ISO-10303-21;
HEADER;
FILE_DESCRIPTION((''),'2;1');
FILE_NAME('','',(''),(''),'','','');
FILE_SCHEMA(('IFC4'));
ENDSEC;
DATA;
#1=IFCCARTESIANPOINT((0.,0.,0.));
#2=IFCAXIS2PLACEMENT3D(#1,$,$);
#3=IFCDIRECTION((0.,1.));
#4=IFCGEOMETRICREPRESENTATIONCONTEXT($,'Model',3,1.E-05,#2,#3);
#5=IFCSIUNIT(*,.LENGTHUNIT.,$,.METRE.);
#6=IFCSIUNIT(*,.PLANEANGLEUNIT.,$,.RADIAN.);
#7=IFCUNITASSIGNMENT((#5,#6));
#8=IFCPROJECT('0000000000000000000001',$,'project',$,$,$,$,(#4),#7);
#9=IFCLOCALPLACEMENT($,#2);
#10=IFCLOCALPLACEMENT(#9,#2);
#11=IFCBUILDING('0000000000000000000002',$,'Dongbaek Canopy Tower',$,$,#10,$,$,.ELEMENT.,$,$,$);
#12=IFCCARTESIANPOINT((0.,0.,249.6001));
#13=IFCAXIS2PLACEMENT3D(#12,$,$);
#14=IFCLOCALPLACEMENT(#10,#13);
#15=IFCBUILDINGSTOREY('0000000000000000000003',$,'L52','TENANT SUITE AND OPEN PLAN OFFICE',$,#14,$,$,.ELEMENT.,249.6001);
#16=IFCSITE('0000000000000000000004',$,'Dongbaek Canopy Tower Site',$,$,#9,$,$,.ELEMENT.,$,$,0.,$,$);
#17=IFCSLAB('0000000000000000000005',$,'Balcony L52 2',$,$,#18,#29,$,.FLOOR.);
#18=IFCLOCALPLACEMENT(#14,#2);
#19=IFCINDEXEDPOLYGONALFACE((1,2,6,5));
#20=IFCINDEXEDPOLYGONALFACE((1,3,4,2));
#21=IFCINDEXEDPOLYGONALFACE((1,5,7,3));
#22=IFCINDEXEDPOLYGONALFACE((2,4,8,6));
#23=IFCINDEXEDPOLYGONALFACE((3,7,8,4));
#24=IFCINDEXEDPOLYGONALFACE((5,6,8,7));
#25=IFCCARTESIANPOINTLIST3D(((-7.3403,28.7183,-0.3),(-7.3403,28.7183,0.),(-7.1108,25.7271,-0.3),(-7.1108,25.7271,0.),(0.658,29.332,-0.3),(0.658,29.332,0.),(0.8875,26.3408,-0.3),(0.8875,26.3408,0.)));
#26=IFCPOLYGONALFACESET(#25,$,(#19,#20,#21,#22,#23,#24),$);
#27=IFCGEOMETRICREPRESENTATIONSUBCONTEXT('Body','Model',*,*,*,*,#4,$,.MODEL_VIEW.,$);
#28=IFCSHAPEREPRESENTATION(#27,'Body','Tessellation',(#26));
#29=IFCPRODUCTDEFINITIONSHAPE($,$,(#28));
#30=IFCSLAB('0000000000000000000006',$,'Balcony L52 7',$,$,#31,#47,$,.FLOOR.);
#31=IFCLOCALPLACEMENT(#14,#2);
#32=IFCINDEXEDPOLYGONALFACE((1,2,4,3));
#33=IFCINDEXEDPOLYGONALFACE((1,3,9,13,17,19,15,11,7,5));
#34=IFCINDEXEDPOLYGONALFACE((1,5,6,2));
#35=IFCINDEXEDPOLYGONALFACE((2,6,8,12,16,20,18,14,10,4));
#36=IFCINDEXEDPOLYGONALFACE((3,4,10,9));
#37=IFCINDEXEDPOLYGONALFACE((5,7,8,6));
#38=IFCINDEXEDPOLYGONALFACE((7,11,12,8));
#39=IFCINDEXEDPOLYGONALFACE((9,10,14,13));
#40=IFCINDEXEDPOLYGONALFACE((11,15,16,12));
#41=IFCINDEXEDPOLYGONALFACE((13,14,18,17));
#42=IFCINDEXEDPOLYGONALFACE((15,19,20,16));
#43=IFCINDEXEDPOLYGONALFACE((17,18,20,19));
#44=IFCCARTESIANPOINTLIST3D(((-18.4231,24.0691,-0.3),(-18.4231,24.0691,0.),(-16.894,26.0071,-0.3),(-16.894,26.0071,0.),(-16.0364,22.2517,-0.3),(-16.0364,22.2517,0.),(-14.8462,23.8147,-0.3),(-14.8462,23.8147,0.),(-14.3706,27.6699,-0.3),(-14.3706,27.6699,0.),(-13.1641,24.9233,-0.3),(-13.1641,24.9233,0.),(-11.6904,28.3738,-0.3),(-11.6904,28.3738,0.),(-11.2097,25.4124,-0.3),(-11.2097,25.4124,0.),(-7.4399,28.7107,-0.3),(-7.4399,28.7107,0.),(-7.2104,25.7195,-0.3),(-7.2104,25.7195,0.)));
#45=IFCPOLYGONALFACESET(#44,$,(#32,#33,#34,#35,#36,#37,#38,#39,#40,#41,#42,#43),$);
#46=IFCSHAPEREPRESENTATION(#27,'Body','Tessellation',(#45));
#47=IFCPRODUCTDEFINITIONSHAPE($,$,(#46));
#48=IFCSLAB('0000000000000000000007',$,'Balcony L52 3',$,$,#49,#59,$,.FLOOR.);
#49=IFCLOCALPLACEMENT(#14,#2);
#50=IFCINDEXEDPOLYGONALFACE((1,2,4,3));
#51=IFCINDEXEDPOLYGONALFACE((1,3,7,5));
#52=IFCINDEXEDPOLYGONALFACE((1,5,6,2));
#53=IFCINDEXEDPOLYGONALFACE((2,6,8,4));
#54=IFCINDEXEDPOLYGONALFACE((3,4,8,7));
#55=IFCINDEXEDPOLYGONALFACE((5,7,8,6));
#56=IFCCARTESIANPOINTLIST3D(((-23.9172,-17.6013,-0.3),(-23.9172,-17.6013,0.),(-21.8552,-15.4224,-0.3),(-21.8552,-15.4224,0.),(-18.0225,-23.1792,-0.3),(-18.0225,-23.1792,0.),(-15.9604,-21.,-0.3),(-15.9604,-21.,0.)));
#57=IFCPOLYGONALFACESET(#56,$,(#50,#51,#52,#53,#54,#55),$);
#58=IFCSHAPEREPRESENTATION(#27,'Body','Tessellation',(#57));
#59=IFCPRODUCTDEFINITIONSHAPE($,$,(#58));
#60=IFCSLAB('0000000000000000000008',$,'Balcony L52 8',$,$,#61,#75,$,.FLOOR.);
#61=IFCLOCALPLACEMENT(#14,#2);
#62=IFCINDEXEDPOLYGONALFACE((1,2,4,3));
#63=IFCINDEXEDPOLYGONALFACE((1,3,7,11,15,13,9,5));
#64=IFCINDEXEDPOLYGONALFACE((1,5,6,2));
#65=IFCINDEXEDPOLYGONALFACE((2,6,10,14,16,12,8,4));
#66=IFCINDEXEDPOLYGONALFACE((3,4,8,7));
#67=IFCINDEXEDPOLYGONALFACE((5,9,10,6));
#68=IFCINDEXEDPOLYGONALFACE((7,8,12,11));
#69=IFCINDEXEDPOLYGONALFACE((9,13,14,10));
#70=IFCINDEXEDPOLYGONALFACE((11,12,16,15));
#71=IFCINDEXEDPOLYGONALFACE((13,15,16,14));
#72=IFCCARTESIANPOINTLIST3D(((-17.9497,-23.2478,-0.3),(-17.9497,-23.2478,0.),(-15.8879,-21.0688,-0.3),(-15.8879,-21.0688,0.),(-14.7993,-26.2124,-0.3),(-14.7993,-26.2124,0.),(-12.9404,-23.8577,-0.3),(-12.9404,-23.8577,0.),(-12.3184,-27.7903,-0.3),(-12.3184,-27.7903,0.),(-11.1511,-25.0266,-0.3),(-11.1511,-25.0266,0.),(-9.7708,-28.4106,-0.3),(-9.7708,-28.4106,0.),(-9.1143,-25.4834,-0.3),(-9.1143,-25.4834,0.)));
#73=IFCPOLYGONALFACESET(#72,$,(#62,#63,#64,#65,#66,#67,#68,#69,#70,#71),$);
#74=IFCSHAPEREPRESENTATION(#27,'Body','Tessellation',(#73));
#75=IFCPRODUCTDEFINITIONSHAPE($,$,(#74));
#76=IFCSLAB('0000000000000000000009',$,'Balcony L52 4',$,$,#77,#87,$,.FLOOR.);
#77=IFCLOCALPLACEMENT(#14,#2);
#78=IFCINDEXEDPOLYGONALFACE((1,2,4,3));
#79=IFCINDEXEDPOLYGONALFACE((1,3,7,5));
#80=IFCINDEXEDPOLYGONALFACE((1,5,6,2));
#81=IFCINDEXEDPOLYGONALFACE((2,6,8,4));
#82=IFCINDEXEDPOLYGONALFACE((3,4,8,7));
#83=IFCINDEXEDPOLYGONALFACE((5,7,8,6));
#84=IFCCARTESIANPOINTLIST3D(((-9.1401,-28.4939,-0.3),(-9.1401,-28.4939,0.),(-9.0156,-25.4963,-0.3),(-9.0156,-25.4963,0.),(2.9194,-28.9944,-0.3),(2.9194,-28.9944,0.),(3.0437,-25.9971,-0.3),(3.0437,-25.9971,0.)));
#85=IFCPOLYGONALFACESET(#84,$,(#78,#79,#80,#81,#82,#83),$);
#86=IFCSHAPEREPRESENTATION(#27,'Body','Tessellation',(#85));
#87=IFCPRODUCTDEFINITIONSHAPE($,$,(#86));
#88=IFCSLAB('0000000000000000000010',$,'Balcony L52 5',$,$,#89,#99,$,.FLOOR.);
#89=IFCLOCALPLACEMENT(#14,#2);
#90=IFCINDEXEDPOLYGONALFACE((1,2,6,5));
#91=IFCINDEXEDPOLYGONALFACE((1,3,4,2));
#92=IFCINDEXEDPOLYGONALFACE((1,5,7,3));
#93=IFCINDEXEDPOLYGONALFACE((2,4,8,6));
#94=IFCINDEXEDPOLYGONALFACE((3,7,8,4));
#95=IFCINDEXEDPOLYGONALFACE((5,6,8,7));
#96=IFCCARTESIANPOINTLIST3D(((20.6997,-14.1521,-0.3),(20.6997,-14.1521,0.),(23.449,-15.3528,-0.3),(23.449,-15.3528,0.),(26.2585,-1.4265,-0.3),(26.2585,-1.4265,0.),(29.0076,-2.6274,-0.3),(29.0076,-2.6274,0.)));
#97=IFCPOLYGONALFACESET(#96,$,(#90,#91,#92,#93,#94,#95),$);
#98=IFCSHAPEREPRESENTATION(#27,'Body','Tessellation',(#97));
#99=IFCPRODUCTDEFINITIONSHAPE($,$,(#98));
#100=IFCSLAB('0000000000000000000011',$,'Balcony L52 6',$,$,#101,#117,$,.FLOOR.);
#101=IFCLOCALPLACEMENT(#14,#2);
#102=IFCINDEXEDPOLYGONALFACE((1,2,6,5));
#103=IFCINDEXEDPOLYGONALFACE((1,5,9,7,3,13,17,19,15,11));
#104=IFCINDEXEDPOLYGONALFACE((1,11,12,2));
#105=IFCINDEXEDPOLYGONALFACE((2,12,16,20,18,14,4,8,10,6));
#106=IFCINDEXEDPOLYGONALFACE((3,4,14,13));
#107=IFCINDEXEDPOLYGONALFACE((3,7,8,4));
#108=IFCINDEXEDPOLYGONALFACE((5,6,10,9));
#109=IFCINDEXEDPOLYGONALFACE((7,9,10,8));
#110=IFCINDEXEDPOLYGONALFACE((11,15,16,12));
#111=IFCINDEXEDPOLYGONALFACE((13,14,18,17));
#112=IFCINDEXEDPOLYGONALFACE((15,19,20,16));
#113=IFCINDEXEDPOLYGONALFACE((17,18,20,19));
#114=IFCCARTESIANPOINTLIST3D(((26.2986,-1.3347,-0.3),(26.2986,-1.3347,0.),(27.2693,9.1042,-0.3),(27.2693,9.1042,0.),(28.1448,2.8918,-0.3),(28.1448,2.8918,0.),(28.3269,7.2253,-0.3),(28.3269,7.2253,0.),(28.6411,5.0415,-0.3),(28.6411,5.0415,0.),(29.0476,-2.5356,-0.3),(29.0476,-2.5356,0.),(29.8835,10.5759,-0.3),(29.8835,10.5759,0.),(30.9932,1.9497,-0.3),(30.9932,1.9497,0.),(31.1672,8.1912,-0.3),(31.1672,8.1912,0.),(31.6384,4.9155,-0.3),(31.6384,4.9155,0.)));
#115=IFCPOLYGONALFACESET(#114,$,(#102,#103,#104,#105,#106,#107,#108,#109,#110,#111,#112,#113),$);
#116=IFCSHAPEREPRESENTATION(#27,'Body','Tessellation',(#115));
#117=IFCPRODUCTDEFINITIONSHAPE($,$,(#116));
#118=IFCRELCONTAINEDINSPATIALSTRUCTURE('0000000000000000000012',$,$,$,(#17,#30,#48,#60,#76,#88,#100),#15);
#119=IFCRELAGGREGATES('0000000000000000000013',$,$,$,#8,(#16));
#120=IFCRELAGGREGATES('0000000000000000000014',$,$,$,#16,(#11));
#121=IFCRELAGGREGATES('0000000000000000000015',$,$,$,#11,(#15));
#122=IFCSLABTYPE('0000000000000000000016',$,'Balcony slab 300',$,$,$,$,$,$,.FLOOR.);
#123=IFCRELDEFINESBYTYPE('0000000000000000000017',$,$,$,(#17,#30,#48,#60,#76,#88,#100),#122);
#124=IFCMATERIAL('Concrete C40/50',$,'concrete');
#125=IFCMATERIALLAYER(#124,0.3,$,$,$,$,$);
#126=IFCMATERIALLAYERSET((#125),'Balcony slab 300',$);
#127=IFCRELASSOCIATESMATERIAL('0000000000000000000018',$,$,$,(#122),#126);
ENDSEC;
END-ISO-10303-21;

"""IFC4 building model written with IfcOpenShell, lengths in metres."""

from ifc_helpers import new_model, si_unit, direction, frame, origin, place, context, subcontext, project, spatial, polyline, outline, extrude, material, layer, layer_set, type_object, element, save


model = new_model("IFC4")

# Units and contexts
model_context = context("Model", 3, precision=1e-05, world=origin(), true_north=direction((0.0, 1.0)))
body_context = subcontext(model_context, "Body", "Model", "MODEL_VIEW")
ifc_project = project(units=[si_unit("LENGTHUNIT", "METRE"), si_unit("PLANEANGLEUNIT", "RADIAN")], contexts=[model_context])

# Site, building, storey
site_placement = place(None, origin())
site = spatial("IfcSite", under=ifc_project, at=site_placement, Name="Dongbaek Canopy Tower Site", CompositionType="ELEMENT", RefElevation=0.0)
building_placement = place(site_placement, origin())
building = spatial("IfcBuilding", under=site, at=building_placement, Name="Dongbaek Canopy Tower", CompositionType="ELEMENT")
storey_placement = place(building_placement, frame((0.0, 0.0, 249.6001)))
storey = spatial("IfcBuildingStorey", under=building, at=storey_placement, Name="L52", Description="TENANT SUITE AND OPEN PLAN OFFICE", CompositionType="ELEMENT", Elevation=249.6001)

# Slabs
ifc_material_1 = material(Name="Concrete C40/50", Category="concrete")
ifc_layer_1 = layer(ifc_material_1, 0.3)
ifc_layer_set_1 = layer_set([ifc_layer_1], Name="Balcony slab 300")
slab_type_1 = type_object("IfcSlabType", Name="Balcony slab 300", PredefinedType="FLOOR", material=ifc_layer_set_1)
slab_1_placement = place(storey_placement, frame((0.0, 0.0, -0.3)))
element("IfcSlab", 1, at=slab_1_placement, inside=storey, type_object=slab_type_1, Name="Balcony L52 2", PredefinedType="FLOOR", context=body_context, shape_type="SweptSolid", body=[
    extrude(outline(polyline([(0.8875, 26.3408), (-7.1108, 25.7271), (-7.3403, 28.7183), (0.658, 29.332), (0.8875, 26.3408)])), origin(), (0.0, 0.0, 1.0), 0.3),
])
slab_2_placement = place(storey_placement, frame((0.0, 0.0, -0.3)))
element("IfcSlab", 2, at=slab_2_placement, inside=storey, type_object=slab_type_1, Name="Balcony L52 7", PredefinedType="FLOOR", context=body_context, shape_type="SweptSolid", body=[
    extrude(outline(polyline([(-7.2104, 25.7195), (-11.2097, 25.4124), (-13.1641, 24.9233), (-14.8462, 23.8147), (-16.0364, 22.2517), (-18.4231, 24.0691), (-16.894, 26.0071), (-14.3706, 27.6699), (-11.6904, 28.3738), (-7.4399, 28.7107), (-7.2104, 25.7195)])), origin(), (0.0, 0.0, 1.0), 0.3),
])
slab_3_placement = place(storey_placement, frame((0.0, 0.0, -0.3)))
element("IfcSlab", 3, at=slab_3_placement, inside=storey, type_object=slab_type_1, Name="Balcony L52 3", PredefinedType="FLOOR", context=body_context, shape_type="SweptSolid", body=[
    extrude(outline(polyline([(-21.8552, -15.4224), (-15.9604, -21.0), (-18.0225, -23.1792), (-23.9172, -17.6013), (-21.8552, -15.4224)])), origin(), (0.0, 0.0, 1.0), 0.3),
])
slab_4_placement = place(storey_placement, frame((0.0, 0.0, -0.3)))
element("IfcSlab", 4, at=slab_4_placement, inside=storey, type_object=slab_type_1, Name="Balcony L52 8", PredefinedType="FLOOR", context=body_context, shape_type="SweptSolid", body=[
    extrude(outline(polyline([(-15.8879, -21.0688), (-12.9404, -23.8577), (-11.1511, -25.0266), (-9.1143, -25.4834), (-9.7708, -28.4106), (-12.3184, -27.7903), (-14.7993, -26.2124), (-17.9497, -23.2478), (-15.8879, -21.0688)])), origin(), (0.0, 0.0, 1.0), 0.3),
])
slab_5_placement = place(storey_placement, frame((0.0, 0.0, -0.3)))
element("IfcSlab", 5, at=slab_5_placement, inside=storey, type_object=slab_type_1, Name="Balcony L52 4", PredefinedType="FLOOR", context=body_context, shape_type="SweptSolid", body=[
    extrude(outline(polyline([(-9.0156, -25.4963), (3.0437, -25.9971), (2.9194, -28.9944), (-9.1401, -28.4939), (-9.0156, -25.4963)])), origin(), (0.0, 0.0, 1.0), 0.3),
])
slab_6_placement = place(storey_placement, frame((0.0, 0.0, -0.3)))
element("IfcSlab", 6, at=slab_6_placement, inside=storey, type_object=slab_type_1, Name="Balcony L52 5", PredefinedType="FLOOR", context=body_context, shape_type="SweptSolid", body=[
    extrude(outline(polyline([(20.6997, -14.1521), (26.2585, -1.4265), (29.0076, -2.6274), (23.449, -15.3528), (20.6997, -14.1521)])), origin(), (0.0, 0.0, 1.0), 0.3),
])
slab_7_placement = place(storey_placement, frame((0.0, 0.0, -0.3)))
element("IfcSlab", 7, at=slab_7_placement, inside=storey, type_object=slab_type_1, Name="Balcony L52 6", PredefinedType="FLOOR", context=body_context, shape_type="SweptSolid", body=[
    extrude(outline(polyline([(26.2986, -1.3347), (28.1448, 2.8918), (28.6411, 5.0415), (28.3269, 7.2253), (27.2693, 9.1042), (29.8835, 10.5759), (31.1672, 8.1912), (31.6384, 4.9155), (30.9932, 1.9497), (29.0476, -2.5356), (26.2986, -1.3347)])), origin(), (0.0, 0.0, 1.0), 0.3),
])

save(model, "model.ifc")
